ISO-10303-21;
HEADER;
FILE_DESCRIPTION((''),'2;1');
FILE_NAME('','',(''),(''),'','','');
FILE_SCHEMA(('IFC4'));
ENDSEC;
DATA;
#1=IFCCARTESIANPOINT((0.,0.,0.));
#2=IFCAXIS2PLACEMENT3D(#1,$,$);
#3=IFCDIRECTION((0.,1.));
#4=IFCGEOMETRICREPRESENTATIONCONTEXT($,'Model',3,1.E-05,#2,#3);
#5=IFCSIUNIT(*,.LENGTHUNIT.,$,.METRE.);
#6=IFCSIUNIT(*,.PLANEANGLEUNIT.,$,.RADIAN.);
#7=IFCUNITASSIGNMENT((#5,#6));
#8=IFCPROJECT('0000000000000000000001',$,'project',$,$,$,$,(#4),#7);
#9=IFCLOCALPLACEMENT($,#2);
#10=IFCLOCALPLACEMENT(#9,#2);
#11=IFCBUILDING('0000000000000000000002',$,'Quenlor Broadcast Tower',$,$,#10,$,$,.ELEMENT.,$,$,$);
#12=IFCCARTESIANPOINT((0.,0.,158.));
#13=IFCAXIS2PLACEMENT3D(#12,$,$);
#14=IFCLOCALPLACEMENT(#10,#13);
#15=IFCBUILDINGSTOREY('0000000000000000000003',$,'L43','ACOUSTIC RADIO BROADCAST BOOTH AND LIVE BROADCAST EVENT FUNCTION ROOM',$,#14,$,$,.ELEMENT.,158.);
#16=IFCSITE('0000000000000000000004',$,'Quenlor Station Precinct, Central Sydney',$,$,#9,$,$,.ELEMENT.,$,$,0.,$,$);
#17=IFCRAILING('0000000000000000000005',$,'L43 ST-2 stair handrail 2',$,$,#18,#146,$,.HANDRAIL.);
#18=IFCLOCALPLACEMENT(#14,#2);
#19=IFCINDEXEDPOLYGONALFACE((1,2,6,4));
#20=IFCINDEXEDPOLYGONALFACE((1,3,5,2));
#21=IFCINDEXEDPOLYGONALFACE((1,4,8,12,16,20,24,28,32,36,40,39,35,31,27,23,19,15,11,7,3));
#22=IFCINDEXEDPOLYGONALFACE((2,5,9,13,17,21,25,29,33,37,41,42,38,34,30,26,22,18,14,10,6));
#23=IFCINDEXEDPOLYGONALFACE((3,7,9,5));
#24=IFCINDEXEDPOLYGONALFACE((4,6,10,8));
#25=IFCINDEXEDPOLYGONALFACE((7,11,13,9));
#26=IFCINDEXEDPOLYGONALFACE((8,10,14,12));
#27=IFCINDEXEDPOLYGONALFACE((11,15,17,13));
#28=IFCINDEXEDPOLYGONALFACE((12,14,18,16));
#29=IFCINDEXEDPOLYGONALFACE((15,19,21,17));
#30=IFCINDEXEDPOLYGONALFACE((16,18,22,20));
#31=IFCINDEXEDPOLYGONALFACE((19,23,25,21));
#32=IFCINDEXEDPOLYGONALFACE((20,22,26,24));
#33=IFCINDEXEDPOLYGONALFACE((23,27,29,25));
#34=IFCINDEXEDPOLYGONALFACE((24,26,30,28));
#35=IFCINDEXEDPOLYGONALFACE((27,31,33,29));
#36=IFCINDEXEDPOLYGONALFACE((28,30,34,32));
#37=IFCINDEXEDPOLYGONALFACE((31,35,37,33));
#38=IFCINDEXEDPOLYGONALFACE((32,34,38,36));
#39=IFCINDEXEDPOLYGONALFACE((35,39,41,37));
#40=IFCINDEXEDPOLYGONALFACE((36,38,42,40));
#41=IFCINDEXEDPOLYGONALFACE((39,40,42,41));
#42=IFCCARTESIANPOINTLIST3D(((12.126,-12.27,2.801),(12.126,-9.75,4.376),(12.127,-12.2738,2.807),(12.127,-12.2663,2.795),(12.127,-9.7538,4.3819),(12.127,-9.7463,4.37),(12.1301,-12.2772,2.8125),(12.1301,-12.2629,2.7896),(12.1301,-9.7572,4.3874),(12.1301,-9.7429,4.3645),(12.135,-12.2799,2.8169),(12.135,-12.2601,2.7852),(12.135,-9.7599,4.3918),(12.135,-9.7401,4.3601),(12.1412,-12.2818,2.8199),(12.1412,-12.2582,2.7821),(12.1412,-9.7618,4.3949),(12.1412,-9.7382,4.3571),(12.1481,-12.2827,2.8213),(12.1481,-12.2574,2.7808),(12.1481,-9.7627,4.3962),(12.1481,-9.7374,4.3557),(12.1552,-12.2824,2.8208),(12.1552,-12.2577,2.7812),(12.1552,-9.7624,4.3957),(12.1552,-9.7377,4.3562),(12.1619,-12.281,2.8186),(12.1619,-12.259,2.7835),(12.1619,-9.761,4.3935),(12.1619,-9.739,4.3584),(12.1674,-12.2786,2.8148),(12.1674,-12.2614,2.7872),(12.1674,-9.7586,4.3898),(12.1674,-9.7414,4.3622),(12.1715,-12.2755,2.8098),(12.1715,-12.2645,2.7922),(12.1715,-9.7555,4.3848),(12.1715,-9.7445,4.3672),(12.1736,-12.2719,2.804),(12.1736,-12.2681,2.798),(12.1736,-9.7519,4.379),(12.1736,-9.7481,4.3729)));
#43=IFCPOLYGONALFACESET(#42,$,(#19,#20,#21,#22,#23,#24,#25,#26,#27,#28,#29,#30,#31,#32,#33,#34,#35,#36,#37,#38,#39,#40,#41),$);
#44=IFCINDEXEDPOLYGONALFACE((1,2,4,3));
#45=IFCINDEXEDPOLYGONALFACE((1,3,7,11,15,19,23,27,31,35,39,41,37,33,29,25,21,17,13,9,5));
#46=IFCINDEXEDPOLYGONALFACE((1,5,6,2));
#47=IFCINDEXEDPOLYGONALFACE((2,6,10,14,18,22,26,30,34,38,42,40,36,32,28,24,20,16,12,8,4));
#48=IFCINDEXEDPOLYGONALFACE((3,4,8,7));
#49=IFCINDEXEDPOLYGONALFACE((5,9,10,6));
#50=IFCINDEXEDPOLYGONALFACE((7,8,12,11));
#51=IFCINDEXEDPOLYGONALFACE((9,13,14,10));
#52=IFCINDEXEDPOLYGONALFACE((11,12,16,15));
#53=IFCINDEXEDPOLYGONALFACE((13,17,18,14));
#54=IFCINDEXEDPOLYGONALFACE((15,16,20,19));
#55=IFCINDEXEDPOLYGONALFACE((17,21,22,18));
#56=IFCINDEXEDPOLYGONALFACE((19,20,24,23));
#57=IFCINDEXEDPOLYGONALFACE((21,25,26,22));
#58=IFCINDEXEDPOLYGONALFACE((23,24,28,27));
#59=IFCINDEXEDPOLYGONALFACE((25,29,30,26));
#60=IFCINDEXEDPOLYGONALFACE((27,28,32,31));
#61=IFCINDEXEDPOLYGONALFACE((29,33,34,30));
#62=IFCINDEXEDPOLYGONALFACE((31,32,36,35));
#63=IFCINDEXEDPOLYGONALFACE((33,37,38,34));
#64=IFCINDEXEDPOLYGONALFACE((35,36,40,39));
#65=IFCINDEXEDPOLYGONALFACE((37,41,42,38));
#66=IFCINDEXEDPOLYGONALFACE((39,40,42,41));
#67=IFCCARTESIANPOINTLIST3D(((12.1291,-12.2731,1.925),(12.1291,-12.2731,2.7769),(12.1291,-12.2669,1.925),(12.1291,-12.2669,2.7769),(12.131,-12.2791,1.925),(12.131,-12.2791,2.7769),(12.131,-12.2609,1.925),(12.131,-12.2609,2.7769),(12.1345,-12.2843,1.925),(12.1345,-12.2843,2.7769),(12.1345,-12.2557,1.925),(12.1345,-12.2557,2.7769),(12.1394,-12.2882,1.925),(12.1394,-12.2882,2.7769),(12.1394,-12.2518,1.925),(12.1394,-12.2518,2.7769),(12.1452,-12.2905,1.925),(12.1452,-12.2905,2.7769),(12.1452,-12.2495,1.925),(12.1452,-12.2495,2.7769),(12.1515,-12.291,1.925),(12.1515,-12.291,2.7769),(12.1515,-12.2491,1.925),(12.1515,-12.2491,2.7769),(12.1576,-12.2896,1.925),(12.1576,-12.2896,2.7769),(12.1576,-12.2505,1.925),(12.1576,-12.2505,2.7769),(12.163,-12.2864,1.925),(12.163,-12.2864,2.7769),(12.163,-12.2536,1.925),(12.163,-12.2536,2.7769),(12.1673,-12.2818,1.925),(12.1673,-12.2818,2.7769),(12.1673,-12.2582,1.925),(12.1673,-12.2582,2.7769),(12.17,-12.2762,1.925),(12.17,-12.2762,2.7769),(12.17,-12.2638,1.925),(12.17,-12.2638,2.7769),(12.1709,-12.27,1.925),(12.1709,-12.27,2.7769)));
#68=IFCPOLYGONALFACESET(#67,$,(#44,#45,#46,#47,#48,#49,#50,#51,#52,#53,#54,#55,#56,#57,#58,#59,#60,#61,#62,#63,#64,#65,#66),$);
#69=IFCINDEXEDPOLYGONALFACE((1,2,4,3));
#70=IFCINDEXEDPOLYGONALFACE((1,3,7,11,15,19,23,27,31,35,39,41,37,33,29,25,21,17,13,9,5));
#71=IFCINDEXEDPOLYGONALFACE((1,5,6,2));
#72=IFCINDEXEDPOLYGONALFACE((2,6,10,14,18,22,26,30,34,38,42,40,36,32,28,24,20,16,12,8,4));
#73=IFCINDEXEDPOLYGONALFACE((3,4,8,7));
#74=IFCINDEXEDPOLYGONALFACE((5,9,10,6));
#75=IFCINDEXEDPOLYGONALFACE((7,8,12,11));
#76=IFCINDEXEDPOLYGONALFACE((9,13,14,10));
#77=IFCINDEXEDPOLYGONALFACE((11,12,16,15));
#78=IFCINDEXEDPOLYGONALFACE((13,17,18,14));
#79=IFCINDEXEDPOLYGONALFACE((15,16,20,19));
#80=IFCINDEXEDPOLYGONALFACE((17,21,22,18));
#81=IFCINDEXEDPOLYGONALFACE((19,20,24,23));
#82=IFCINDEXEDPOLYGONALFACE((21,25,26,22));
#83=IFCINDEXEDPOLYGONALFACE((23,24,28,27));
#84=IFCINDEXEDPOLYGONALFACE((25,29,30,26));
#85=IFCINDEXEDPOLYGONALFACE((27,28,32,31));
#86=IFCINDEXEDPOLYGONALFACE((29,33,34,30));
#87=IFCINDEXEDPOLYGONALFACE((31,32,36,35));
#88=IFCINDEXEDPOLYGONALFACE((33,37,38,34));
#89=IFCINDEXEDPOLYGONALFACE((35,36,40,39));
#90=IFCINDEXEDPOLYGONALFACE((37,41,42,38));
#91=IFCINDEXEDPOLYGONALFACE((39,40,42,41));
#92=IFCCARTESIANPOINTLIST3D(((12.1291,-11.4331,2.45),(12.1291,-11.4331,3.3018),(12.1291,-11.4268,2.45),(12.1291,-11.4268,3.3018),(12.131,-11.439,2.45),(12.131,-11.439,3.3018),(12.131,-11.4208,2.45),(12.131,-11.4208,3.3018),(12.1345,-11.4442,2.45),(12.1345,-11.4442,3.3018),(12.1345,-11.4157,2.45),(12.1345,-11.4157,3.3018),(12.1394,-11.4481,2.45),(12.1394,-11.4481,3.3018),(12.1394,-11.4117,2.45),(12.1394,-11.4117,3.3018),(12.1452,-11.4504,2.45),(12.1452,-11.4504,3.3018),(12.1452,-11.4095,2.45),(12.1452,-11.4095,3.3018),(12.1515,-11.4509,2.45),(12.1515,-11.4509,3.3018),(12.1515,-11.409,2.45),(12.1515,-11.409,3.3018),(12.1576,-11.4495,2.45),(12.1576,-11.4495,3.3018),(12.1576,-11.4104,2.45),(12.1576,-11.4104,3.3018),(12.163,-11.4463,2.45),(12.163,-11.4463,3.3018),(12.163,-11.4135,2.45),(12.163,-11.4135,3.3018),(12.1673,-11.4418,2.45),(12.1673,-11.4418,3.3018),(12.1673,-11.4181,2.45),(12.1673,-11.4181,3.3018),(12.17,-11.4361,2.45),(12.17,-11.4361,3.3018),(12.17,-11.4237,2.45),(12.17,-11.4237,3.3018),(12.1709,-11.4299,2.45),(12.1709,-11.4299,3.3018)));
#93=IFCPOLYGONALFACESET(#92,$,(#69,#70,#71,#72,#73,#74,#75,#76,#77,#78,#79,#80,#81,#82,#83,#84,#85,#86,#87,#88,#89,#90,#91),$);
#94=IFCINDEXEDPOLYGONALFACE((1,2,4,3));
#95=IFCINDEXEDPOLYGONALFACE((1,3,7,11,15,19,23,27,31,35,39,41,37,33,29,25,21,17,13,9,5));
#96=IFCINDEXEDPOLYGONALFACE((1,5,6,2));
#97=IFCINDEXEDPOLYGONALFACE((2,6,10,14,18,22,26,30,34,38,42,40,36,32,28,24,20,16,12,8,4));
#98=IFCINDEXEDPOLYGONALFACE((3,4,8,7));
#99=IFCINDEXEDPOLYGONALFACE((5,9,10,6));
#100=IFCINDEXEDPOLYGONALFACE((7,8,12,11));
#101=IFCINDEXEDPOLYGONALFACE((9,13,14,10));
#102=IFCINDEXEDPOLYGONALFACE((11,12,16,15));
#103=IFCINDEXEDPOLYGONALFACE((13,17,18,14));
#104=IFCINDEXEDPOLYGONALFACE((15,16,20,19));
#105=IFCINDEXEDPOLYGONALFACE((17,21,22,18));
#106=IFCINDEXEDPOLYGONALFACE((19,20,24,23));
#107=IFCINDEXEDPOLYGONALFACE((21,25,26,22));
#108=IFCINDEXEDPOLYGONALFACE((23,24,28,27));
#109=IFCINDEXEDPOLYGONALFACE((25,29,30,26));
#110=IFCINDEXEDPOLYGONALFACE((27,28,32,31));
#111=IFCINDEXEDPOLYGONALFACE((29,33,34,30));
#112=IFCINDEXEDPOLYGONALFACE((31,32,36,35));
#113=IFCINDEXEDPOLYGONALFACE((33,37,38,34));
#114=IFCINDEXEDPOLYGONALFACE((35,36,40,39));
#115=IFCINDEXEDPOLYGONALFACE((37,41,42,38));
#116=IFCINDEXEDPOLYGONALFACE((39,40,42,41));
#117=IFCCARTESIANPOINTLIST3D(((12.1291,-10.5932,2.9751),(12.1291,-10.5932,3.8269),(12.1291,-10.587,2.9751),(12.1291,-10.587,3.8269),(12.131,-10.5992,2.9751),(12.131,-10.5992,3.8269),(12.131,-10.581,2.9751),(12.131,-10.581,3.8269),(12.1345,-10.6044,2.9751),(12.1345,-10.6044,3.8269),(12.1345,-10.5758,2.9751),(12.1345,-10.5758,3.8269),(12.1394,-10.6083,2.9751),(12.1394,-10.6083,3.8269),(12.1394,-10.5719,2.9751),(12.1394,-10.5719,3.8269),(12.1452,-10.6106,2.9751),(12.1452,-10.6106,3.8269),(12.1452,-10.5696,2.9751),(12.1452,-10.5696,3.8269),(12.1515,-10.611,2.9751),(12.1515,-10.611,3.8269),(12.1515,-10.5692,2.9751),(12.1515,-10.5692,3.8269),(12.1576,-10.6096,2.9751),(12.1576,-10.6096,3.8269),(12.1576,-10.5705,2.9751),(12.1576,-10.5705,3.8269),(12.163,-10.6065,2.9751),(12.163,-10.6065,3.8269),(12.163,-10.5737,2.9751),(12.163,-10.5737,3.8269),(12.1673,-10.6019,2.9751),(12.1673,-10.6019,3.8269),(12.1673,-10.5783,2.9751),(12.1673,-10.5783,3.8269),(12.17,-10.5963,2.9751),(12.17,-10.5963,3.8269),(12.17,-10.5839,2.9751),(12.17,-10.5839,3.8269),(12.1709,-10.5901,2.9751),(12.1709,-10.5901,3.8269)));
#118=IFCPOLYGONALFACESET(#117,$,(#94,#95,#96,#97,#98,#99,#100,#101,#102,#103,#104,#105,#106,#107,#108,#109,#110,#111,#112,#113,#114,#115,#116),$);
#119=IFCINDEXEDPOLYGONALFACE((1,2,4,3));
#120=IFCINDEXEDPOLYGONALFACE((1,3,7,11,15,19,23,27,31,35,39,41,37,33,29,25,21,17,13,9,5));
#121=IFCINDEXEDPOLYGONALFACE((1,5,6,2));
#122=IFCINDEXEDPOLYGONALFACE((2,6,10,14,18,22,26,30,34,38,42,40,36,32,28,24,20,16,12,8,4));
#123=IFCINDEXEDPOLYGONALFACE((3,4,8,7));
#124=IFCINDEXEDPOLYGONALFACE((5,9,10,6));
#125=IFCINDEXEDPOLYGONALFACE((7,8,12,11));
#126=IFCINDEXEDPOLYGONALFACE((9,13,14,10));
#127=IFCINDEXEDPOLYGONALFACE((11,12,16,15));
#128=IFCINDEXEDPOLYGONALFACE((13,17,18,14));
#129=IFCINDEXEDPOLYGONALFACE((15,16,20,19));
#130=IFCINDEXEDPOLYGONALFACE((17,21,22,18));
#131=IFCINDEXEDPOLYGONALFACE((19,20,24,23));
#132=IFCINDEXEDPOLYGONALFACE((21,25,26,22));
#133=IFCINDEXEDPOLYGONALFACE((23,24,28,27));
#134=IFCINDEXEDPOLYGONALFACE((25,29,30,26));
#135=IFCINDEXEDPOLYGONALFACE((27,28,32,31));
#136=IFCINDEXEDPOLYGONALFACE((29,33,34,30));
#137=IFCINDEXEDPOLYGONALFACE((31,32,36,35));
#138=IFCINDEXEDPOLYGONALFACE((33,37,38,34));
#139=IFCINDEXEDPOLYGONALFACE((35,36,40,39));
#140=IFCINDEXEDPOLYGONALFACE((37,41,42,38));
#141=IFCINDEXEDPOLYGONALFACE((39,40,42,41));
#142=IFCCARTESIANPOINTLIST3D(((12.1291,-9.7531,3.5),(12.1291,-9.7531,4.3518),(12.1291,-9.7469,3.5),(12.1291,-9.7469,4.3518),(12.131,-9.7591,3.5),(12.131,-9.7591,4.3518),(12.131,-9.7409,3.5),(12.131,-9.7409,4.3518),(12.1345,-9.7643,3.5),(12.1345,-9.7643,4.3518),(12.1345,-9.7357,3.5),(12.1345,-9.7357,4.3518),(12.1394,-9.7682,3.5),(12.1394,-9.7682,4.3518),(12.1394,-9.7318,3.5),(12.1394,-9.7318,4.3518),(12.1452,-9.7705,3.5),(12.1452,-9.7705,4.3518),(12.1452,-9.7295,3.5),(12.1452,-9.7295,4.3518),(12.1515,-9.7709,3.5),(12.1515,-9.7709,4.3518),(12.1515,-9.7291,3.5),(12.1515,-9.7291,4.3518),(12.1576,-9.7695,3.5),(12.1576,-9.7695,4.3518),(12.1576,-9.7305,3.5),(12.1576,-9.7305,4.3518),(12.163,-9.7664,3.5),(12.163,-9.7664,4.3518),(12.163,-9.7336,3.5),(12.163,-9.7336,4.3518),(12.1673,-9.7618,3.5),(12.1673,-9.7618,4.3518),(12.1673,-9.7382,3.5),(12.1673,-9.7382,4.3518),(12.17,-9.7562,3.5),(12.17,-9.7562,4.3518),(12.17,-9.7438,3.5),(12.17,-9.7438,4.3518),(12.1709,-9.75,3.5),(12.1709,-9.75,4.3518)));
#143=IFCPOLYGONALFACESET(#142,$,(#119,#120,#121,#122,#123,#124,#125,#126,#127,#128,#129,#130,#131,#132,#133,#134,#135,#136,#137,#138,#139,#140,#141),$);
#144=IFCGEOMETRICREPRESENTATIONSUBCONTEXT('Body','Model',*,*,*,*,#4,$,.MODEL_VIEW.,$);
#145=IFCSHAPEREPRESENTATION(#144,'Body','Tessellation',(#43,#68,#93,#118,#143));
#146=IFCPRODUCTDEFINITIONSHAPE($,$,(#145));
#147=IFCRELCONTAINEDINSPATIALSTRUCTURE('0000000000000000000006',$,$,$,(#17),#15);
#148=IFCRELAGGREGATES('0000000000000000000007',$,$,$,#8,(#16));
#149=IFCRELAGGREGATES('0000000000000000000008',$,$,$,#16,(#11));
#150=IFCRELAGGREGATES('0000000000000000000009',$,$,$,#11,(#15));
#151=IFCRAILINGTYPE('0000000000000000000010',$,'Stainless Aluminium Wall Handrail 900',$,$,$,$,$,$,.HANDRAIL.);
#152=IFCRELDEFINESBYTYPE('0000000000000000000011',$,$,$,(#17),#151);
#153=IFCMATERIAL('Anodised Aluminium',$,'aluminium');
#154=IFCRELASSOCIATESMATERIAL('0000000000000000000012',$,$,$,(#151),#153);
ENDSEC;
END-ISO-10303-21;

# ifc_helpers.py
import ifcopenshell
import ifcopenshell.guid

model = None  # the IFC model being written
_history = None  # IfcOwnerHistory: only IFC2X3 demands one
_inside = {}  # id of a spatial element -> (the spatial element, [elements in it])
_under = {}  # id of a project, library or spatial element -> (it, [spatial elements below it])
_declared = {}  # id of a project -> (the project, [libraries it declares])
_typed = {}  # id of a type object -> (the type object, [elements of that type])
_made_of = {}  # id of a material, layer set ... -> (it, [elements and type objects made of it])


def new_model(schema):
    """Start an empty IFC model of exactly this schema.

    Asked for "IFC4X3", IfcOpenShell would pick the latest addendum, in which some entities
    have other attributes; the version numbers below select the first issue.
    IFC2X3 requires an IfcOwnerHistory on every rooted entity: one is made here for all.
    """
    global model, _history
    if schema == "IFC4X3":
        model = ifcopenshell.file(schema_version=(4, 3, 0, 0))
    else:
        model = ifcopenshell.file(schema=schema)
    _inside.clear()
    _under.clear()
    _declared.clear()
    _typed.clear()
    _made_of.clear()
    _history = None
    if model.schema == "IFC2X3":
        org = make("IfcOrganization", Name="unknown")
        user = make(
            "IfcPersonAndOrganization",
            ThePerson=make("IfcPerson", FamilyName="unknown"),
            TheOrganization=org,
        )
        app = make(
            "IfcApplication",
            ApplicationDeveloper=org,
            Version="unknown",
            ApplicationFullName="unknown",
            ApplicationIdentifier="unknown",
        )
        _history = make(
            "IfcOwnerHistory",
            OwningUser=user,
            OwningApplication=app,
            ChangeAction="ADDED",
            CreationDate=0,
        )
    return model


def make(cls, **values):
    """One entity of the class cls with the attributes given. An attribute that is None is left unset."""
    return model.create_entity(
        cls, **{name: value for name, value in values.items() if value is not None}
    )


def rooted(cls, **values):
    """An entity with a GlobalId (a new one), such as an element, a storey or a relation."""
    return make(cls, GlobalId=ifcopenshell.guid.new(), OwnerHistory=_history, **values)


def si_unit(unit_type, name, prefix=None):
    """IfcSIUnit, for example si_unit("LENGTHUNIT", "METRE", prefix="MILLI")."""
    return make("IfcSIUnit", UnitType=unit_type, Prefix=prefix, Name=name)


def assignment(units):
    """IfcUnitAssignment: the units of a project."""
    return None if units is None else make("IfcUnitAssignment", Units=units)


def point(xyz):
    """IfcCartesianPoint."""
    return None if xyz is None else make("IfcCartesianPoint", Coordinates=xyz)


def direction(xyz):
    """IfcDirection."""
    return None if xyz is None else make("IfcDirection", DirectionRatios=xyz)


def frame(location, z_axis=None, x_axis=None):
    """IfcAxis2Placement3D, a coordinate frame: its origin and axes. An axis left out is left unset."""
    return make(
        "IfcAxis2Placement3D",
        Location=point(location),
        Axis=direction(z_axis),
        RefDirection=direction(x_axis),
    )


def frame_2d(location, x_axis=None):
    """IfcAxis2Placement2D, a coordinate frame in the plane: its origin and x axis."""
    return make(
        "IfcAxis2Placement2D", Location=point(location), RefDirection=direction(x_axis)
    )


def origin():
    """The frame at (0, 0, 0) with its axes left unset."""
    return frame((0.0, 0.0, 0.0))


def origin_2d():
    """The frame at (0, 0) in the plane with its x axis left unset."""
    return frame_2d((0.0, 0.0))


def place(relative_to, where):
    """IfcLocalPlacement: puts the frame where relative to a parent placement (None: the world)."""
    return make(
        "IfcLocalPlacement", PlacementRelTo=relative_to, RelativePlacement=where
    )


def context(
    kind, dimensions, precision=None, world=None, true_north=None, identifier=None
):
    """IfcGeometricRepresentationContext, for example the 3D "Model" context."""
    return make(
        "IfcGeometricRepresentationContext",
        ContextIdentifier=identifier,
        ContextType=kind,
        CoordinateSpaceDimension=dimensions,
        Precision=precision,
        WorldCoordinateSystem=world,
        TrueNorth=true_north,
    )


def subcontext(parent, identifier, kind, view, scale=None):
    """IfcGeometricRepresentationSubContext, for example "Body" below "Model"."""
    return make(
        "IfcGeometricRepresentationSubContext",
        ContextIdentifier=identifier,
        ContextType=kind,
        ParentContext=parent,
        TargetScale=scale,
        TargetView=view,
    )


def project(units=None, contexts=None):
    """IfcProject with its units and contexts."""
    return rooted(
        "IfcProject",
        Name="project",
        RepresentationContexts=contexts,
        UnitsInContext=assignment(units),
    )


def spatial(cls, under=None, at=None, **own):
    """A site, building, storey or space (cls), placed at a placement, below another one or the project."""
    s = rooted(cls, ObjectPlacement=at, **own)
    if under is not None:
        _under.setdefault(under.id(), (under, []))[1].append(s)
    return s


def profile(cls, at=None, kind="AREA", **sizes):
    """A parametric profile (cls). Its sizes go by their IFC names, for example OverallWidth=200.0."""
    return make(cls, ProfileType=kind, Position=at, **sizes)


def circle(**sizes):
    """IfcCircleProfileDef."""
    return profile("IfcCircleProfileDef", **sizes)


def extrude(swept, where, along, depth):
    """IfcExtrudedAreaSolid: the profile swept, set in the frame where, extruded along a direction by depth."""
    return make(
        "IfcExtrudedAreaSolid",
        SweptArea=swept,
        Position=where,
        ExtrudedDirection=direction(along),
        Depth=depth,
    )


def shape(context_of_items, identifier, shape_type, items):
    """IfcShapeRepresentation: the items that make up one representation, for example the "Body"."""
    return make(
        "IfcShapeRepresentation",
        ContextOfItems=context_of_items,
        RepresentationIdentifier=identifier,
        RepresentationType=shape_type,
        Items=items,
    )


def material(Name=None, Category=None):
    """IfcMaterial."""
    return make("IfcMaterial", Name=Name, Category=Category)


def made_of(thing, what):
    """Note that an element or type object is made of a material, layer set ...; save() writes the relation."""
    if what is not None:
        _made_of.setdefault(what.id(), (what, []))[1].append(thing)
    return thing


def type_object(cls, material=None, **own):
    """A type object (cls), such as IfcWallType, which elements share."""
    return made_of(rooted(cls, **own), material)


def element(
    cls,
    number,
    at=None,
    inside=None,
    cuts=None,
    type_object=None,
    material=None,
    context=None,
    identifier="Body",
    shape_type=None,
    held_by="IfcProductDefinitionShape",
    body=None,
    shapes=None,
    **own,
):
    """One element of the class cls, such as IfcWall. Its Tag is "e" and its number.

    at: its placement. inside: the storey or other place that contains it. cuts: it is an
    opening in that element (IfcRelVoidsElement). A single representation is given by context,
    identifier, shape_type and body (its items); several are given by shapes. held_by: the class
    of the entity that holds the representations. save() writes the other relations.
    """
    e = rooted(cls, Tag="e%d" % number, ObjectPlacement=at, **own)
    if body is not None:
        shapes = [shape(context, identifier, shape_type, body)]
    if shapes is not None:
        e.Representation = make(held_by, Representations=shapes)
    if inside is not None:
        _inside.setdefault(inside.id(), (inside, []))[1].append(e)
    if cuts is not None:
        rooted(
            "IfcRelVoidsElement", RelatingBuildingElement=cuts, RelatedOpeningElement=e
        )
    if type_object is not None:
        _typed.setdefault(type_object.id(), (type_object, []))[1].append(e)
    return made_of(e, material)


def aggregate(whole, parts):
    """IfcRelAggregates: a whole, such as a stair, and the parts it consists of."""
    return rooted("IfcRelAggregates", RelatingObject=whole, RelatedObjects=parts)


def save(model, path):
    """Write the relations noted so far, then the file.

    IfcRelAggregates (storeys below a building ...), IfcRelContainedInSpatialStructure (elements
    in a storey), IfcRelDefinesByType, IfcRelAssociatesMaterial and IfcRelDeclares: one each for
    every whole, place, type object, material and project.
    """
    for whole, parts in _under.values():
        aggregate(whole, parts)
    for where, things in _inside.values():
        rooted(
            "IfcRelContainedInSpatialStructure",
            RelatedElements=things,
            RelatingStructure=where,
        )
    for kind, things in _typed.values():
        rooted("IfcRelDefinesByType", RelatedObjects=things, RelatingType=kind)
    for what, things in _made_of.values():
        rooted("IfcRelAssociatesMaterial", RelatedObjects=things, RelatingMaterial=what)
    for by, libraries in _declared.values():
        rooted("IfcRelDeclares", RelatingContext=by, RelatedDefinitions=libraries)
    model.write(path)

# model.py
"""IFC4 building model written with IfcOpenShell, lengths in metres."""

from ifc_helpers import new_model, si_unit, direction, frame, origin, origin_2d, place, context, subcontext, project, spatial, circle, extrude, material, type_object, element, save


model = new_model("IFC4")

# Units and contexts
model_context = context("Model", 3, precision=1e-05, world=origin(), true_north=direction((0.0, 1.0)))
body_context = subcontext(model_context, "Body", "Model", "MODEL_VIEW")
ifc_project = project(units=[si_unit("LENGTHUNIT", "METRE"), si_unit("PLANEANGLEUNIT", "RADIAN")], contexts=[model_context])

# Site, building, storey
site_placement = place(None, origin())
site = spatial("IfcSite", under=ifc_project, at=site_placement, Name="Quenlor Station Precinct, Central Sydney", CompositionType="ELEMENT", RefElevation=0.0)
building_placement = place(site_placement, origin())
building = spatial("IfcBuilding", under=site, at=building_placement, Name="Quenlor Broadcast Tower", CompositionType="ELEMENT")
storey_placement = place(building_placement, frame((0.0, 0.0, 158.0)))
storey = spatial("IfcBuildingStorey", under=building, at=storey_placement, Name="L43", Description="ACOUSTIC RADIO BROADCAST BOOTH AND LIVE BROADCAST EVENT FUNCTION ROOM", CompositionType="ELEMENT", Elevation=158.0)

# Railing
ifc_material_1 = material(Name="Anodised Aluminium", Category="aluminium")
railing_type_1 = type_object("IfcRailingType", Name="Stainless Aluminium Wall Handrail 900", PredefinedType="HANDRAIL", material=ifc_material_1)
railing_1_placement = place(storey_placement, frame((12.1499, -12.27, 1.925)))
element("IfcRailing", 1, at=railing_1_placement, inside=storey, type_object=railing_type_1, Name="L43 ST-2 stair handrail 2", PredefinedType="HANDRAIL", context=body_context, shape_type="SweptSolid", body=[
    extrude(circle(Radius=0.0239, at=origin_2d()), frame((0.0, 0.0, 0.876), z_axis=(0.0, 0.848008, 0.529984), x_axis=(-1.0, 0.0, 0.0)), (0.0, 0.0, 1.0), 2.9717),
    extrude(circle(Radius=0.021, at=origin_2d()), origin(), (0.0, 0.0, 1.0), 0.8518),
    extrude(circle(Radius=0.021, at=origin_2d()), frame((0.0, 0.8401, 0.5249)), (0.0, 0.0, 1.0), 0.8518),
    extrude(circle(Radius=0.021, at=origin_2d()), frame((0.0, 1.6799, 1.05)), (0.0, 0.0, 1.0), 0.8518),
    extrude(circle(Radius=0.021, at=origin_2d()), frame((0.0, 2.52, 1.575)), (0.0, 0.0, 1.0), 0.8518),
])

save(model, "model.ifc")
